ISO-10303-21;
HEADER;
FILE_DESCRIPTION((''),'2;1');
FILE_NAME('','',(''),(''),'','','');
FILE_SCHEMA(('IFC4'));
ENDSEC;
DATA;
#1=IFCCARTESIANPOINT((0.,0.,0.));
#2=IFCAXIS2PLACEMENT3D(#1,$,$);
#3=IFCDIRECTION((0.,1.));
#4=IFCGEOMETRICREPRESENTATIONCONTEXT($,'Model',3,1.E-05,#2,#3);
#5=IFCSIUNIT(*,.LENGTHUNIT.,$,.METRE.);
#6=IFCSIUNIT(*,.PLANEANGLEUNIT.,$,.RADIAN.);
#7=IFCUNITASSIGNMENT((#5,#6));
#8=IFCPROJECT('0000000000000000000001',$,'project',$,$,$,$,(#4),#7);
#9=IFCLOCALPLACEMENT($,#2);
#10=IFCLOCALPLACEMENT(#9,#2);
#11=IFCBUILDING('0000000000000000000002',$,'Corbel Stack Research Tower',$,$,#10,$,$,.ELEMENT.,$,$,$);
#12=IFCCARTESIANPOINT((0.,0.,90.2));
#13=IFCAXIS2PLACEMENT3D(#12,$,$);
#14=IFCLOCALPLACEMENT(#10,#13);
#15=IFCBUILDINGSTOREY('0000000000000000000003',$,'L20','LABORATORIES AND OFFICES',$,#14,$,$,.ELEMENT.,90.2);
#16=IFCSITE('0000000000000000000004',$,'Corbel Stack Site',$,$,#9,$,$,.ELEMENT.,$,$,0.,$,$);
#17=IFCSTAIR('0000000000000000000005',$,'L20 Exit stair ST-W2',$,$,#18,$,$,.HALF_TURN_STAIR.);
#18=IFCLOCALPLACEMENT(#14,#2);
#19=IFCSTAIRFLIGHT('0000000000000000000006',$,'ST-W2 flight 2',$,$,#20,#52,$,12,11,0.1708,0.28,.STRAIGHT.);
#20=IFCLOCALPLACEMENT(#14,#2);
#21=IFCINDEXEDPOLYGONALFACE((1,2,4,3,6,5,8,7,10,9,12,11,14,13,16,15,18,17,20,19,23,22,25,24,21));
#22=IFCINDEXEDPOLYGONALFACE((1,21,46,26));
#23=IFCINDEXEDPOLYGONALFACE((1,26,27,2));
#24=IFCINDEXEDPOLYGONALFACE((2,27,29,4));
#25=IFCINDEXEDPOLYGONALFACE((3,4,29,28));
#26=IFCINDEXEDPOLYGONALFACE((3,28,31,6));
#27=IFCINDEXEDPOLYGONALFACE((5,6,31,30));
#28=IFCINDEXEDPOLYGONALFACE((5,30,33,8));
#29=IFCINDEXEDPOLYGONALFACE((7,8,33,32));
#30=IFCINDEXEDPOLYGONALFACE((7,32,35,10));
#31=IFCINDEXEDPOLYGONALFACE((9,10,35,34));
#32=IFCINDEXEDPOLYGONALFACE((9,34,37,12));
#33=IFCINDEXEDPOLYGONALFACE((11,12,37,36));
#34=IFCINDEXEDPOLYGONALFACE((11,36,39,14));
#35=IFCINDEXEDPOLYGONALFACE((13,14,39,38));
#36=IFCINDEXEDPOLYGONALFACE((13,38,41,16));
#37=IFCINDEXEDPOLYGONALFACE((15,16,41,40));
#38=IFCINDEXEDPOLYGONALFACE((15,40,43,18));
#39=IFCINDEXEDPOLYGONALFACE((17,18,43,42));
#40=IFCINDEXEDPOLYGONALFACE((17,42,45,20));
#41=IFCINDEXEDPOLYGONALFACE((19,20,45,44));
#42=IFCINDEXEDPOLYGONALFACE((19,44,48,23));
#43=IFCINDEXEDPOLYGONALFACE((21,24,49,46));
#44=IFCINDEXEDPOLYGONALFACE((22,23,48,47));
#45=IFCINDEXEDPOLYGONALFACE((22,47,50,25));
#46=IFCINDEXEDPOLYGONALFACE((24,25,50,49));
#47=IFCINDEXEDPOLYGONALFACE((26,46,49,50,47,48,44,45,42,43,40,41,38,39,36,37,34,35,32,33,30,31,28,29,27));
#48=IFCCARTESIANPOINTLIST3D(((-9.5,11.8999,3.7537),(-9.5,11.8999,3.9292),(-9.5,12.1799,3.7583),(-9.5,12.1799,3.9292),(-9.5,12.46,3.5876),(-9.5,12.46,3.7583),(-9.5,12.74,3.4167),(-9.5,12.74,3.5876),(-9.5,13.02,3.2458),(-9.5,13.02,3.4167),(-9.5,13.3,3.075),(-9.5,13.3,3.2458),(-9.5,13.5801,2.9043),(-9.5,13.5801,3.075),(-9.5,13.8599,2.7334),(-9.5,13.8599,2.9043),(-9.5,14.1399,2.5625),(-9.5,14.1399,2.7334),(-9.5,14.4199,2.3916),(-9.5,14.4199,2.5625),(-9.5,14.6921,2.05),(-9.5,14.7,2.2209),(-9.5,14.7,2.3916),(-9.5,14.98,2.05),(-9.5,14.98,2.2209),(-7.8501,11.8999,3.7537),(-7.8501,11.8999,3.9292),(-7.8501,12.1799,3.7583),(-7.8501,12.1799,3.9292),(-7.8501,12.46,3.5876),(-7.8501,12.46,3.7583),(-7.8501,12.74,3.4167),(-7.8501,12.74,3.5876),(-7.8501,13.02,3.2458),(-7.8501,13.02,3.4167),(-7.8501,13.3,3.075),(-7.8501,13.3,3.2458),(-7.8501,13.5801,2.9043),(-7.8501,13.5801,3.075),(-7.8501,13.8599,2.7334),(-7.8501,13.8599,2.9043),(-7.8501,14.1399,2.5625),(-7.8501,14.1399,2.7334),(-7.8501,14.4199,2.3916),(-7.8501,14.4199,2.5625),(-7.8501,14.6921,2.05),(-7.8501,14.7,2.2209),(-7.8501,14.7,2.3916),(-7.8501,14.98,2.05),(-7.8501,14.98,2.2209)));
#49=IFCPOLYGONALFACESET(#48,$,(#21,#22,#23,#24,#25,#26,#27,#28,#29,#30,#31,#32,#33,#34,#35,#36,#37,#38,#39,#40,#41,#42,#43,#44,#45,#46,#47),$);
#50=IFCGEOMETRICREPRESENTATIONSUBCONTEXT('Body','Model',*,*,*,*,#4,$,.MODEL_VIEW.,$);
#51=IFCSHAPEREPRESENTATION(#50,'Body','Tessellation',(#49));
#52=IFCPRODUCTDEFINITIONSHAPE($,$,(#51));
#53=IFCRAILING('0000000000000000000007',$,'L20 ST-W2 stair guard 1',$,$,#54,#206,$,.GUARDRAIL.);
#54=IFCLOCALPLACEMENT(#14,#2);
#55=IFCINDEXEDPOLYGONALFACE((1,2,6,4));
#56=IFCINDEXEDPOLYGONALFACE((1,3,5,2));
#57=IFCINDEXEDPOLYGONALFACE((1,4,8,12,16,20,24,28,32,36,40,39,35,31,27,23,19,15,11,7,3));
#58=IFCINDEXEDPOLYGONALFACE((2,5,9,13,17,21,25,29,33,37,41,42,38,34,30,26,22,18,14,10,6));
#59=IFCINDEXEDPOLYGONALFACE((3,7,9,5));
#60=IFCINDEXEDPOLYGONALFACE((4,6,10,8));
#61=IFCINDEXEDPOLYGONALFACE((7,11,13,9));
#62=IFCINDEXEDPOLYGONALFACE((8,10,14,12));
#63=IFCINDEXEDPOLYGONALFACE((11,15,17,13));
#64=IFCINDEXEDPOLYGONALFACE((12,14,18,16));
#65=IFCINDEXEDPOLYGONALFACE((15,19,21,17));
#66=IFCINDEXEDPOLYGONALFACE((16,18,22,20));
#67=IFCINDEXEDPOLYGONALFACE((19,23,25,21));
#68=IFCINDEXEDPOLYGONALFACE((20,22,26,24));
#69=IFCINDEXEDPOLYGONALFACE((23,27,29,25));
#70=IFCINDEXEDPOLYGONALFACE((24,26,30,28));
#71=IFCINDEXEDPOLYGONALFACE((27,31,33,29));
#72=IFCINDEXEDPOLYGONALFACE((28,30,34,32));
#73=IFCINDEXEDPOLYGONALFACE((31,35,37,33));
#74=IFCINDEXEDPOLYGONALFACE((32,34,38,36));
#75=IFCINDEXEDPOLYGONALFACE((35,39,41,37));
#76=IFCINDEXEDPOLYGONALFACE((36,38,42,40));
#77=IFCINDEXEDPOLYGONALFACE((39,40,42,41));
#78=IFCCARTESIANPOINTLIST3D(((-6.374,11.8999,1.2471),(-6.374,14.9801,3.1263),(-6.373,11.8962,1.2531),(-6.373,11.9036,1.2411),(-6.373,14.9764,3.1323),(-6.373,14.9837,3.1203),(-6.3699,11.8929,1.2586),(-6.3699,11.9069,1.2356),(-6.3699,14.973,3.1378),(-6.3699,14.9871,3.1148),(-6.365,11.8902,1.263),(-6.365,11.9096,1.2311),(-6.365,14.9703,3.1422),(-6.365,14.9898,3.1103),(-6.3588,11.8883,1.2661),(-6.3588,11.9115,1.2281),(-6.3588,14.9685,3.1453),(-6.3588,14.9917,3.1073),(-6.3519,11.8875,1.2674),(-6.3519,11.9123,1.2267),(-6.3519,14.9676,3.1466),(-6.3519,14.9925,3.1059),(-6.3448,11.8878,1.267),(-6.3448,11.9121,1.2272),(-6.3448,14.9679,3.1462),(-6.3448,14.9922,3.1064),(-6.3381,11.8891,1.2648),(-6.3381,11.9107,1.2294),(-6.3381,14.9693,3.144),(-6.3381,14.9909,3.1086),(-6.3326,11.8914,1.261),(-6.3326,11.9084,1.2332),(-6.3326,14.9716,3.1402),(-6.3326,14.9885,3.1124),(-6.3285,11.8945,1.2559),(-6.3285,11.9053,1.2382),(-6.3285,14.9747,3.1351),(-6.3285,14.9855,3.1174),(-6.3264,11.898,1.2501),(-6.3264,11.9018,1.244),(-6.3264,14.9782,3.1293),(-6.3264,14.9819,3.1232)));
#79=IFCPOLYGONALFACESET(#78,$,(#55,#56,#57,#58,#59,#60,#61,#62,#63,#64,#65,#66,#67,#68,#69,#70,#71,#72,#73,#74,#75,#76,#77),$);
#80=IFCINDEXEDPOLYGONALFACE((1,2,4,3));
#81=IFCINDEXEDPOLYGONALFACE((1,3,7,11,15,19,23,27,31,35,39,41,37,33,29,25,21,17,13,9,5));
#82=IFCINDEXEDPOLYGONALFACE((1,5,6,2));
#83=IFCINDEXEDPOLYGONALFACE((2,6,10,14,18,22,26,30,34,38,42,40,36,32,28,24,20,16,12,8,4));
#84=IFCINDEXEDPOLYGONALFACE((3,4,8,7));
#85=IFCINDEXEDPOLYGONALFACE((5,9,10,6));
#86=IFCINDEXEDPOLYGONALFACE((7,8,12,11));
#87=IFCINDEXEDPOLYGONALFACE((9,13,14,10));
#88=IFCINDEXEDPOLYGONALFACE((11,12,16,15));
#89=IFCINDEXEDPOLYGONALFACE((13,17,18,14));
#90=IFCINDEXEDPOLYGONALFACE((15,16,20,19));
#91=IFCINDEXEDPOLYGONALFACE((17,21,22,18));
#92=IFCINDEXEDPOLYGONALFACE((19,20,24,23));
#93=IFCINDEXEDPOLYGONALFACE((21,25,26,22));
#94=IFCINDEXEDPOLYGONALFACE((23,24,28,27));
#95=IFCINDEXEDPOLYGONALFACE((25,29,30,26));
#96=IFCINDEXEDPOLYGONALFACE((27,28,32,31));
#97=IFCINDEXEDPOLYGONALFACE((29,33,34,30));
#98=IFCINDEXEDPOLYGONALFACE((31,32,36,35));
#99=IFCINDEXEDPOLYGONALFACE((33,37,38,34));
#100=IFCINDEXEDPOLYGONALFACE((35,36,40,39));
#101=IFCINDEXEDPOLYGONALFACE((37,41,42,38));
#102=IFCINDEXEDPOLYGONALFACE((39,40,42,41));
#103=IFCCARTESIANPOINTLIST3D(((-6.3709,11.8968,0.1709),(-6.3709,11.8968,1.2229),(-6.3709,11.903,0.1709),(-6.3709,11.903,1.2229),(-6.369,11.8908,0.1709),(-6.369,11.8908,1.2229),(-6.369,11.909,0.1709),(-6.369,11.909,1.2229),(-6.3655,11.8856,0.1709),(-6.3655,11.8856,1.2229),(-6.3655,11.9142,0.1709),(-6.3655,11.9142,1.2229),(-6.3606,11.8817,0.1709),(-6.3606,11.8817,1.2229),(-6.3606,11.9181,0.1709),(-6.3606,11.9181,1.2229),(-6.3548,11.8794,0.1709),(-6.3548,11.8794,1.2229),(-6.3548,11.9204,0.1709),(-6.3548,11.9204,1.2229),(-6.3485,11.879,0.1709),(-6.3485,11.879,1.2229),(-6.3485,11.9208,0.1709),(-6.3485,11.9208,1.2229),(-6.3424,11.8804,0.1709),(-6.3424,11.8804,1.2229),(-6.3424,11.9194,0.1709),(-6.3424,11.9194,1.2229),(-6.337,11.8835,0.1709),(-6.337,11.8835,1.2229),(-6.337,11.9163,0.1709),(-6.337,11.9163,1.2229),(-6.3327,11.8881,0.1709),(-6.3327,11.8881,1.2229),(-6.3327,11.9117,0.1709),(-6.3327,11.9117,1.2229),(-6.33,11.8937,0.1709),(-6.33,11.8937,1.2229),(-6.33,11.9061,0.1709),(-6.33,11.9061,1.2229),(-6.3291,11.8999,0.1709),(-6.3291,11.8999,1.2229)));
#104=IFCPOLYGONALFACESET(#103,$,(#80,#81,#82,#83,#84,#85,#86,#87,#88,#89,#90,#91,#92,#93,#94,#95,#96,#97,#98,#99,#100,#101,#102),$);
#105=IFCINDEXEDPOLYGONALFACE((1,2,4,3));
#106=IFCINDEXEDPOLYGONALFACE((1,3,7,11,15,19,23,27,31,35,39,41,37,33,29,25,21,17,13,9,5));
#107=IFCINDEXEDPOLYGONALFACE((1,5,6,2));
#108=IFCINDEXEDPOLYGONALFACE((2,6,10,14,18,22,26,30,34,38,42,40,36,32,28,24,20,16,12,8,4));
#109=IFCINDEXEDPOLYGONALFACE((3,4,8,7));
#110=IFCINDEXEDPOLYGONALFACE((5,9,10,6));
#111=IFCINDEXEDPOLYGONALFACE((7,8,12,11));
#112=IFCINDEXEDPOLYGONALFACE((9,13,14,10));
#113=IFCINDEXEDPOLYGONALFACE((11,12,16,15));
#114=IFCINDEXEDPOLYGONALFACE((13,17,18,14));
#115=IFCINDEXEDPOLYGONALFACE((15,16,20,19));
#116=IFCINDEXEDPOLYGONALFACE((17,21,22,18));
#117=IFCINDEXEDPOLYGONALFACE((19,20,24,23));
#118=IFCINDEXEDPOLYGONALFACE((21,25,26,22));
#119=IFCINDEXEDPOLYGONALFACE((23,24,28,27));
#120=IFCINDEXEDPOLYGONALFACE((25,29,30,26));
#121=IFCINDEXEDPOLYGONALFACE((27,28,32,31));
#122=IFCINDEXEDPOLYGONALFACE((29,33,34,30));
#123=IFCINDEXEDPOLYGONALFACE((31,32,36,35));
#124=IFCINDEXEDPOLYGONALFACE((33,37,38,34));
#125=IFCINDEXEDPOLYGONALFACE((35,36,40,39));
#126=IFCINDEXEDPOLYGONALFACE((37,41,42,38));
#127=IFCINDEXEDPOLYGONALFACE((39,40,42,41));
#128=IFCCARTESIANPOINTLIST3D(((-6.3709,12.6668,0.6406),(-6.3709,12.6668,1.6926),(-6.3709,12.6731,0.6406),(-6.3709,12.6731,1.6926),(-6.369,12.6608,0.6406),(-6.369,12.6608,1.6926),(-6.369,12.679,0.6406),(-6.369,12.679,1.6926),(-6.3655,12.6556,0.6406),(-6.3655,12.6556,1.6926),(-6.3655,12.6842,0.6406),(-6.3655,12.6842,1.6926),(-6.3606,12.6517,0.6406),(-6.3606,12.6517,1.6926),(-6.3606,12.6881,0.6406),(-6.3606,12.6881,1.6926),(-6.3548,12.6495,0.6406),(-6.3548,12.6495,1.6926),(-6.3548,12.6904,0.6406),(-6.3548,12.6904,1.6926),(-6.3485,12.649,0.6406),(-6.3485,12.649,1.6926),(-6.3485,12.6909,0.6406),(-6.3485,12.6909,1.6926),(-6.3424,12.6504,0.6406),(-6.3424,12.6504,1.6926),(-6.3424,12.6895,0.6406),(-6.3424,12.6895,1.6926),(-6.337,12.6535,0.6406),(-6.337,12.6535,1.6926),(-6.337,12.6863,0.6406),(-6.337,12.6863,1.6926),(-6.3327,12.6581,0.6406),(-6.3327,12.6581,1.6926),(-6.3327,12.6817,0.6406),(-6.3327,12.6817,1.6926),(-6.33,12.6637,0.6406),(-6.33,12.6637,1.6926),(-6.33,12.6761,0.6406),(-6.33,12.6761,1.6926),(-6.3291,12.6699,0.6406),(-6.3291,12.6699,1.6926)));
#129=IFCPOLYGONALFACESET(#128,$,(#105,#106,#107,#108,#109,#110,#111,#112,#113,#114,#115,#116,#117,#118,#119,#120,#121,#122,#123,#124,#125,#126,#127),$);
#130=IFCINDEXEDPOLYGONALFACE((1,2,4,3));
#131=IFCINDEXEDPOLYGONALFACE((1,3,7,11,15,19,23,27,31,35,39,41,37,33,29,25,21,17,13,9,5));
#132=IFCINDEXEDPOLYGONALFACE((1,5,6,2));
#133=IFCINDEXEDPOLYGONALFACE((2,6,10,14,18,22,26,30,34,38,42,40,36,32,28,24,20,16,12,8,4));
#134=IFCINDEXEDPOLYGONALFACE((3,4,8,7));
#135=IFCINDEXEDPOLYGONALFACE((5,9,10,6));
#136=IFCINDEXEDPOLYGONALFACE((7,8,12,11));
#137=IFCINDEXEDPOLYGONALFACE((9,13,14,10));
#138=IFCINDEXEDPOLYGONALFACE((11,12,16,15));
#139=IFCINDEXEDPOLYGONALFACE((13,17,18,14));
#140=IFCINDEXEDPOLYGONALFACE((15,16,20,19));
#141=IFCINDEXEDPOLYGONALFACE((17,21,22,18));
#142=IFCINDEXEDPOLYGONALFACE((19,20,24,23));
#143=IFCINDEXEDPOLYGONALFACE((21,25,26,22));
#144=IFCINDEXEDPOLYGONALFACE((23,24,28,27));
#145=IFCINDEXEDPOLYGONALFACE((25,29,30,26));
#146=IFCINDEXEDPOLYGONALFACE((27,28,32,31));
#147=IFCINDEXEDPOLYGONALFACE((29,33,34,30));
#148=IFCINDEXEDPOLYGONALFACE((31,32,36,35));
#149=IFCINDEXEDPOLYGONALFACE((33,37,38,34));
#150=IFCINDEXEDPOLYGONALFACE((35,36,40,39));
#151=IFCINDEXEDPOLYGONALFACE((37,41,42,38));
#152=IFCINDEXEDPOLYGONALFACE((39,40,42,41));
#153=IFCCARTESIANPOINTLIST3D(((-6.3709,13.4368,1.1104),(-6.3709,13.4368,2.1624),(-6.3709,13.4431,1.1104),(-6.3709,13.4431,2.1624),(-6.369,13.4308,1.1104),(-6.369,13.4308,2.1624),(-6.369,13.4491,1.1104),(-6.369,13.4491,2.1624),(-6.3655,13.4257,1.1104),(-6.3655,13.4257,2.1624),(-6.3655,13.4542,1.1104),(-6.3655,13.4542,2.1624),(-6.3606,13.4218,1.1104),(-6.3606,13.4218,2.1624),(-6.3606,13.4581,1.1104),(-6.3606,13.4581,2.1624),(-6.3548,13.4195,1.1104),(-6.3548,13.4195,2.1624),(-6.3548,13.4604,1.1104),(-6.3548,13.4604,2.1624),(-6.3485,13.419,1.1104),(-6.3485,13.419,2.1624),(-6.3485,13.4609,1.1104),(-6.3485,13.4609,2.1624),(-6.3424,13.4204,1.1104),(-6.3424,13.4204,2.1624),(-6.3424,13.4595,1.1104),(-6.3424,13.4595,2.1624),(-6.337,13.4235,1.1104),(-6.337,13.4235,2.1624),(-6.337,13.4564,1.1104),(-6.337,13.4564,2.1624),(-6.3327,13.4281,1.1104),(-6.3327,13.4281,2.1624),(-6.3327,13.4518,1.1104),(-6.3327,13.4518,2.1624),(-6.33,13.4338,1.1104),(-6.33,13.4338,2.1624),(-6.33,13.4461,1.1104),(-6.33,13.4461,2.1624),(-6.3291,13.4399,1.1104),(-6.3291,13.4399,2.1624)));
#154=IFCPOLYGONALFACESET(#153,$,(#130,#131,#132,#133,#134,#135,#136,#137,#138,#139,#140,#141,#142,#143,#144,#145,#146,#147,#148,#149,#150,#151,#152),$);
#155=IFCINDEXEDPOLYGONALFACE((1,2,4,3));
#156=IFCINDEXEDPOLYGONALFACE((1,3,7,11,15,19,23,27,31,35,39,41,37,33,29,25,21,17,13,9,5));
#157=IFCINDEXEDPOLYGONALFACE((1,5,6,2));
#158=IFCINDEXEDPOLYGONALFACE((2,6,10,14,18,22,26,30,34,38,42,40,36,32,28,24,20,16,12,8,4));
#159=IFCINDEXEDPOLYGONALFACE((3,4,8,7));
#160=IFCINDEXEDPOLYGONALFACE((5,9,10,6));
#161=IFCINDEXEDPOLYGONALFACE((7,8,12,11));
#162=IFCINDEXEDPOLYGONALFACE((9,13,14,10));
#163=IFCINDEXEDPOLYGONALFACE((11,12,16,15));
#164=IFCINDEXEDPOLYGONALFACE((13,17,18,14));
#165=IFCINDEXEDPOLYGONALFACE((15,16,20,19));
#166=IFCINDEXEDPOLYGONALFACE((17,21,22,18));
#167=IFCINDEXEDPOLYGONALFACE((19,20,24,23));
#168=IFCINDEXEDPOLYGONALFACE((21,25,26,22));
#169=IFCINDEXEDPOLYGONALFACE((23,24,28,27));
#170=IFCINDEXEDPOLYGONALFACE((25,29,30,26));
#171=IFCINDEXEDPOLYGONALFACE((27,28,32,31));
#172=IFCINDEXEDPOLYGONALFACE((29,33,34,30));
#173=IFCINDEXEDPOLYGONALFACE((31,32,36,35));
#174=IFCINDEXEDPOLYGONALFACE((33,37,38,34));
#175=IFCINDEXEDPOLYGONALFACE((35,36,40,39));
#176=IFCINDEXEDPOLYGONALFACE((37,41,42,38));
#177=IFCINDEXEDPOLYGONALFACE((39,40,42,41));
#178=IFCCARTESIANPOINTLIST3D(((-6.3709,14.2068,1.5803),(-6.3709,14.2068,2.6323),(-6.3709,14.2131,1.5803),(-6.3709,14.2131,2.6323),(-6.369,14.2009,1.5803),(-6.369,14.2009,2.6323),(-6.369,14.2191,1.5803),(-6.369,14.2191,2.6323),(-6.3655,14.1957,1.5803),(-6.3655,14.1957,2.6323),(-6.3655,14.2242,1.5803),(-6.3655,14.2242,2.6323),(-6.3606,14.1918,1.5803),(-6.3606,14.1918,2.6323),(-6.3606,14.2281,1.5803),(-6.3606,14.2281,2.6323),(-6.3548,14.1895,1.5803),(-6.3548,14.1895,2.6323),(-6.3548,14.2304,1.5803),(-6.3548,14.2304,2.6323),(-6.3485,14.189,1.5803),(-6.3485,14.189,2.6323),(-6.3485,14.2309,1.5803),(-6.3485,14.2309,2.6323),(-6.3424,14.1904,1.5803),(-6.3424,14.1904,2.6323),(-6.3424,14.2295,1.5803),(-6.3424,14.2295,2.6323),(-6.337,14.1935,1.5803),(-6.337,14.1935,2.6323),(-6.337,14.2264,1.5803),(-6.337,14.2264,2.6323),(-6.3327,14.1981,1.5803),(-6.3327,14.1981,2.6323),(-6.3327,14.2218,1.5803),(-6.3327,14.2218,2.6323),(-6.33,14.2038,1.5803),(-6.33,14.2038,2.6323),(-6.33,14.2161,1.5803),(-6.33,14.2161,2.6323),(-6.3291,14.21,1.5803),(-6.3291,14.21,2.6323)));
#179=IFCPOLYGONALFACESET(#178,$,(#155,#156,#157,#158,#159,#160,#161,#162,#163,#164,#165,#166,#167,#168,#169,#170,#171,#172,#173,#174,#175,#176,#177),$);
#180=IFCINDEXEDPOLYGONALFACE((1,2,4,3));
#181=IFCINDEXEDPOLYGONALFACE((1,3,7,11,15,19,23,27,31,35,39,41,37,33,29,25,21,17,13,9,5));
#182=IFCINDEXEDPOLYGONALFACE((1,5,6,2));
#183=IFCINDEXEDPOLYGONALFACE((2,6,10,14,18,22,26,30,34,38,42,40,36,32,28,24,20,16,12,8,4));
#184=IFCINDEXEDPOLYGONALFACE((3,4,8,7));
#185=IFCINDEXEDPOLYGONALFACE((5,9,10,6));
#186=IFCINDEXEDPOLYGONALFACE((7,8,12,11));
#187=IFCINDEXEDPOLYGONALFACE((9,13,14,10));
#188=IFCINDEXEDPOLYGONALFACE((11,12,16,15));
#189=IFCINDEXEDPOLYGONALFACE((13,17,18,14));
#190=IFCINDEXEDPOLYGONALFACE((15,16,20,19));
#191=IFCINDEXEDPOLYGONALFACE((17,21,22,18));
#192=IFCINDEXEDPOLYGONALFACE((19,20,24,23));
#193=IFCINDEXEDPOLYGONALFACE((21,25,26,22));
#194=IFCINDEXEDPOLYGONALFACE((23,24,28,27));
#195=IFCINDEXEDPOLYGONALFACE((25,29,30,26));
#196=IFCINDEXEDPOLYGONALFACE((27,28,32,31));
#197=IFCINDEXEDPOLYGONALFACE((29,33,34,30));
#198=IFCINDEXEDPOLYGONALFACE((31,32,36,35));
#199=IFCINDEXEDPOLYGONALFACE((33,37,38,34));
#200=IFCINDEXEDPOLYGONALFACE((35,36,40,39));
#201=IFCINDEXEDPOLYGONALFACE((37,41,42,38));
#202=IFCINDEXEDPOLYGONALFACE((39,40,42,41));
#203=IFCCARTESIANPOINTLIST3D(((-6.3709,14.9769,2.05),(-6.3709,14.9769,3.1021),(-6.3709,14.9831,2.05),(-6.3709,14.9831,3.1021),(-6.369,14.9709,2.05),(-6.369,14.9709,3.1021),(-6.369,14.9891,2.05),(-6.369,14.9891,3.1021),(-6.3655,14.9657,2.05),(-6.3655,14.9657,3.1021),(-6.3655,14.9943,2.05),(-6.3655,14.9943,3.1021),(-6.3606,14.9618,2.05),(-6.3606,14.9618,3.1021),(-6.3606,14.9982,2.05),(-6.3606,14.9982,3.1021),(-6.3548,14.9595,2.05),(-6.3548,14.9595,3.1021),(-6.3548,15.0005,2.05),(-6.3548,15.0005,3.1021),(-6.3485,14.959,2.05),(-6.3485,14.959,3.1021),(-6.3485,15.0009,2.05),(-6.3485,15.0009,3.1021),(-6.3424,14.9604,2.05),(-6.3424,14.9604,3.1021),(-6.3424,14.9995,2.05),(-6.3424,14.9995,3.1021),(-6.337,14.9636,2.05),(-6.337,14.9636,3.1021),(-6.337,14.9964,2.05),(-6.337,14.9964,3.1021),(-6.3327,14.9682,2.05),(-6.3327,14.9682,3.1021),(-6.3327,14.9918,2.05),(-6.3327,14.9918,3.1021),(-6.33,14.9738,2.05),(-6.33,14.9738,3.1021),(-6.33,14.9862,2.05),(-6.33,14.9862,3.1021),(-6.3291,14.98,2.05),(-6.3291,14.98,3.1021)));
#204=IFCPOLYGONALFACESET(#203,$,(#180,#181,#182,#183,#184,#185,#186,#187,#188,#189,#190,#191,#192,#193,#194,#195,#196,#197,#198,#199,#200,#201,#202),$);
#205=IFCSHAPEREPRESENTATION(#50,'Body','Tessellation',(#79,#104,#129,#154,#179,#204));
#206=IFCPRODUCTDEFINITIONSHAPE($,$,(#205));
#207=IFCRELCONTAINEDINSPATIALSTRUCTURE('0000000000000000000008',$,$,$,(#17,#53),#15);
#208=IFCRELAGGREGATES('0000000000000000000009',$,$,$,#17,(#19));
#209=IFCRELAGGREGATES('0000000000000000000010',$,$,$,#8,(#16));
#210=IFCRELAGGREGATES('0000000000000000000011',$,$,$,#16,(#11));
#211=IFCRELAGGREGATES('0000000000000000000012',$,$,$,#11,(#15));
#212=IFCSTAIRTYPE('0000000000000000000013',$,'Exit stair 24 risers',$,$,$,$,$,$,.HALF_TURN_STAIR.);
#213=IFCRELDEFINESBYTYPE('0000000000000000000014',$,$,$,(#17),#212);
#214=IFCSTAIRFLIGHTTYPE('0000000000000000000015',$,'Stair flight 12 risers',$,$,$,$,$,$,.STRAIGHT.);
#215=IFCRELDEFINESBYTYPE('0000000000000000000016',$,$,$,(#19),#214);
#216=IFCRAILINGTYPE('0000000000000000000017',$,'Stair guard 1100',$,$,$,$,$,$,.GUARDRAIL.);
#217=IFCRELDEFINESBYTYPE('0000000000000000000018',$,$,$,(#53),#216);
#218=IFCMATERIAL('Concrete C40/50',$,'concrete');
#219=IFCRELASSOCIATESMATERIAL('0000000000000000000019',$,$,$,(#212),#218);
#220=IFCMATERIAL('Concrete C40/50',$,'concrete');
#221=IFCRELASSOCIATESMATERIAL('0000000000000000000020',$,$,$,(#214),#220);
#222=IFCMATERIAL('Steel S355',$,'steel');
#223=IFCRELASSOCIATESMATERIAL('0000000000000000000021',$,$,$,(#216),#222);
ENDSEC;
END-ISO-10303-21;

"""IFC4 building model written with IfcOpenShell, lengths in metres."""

from ifc_helpers import new_model, si_unit, direction, frame, origin, origin_2d, place, context, subcontext, project, spatial, polyline, circle, outline, extrude, material, type_object, element, aggregate, save


model = new_model("IFC4")

# Units and contexts
model_context = context("Model", 3, precision=1e-05, world=origin(), true_north=direction((0.0, 1.0)))
body_context = subcontext(model_context, "Body", "Model", "MODEL_VIEW")
ifc_project = project(units=[si_unit("LENGTHUNIT", "METRE"), si_unit("PLANEANGLEUNIT", "RADIAN")], contexts=[model_context])

# Site, building, storey
site_placement = place(None, origin())
site = spatial("IfcSite", under=ifc_project, at=site_placement, Name="Corbel Stack Site", CompositionType="ELEMENT", RefElevation=0.0)
building_placement = place(site_placement, origin())
building = spatial("IfcBuilding", under=site, at=building_placement, Name="Corbel Stack Research Tower", CompositionType="ELEMENT")
storey_placement = place(building_placement, frame((0.0, 0.0, 90.2)))
storey = spatial("IfcBuildingStorey", under=building, at=storey_placement, Name="L20", Description="LABORATORIES AND OFFICES", CompositionType="ELEMENT", Elevation=90.2)

# Stair
ifc_material_1 = material(Name="Concrete C40/50", Category="concrete")
stair_type = type_object("IfcStairType", Name="Exit stair 24 risers", PredefinedType="HALF_TURN_STAIR", material=ifc_material_1)
stair_1_placement = place(storey_placement, origin())
stair_1 = element("IfcStair", 1, at=stair_1_placement, inside=storey, type_object=stair_type, Name="L20 Exit stair ST-W2", PredefinedType="HALF_TURN_STAIR")

# Stair flight
ifc_material_2 = material(Name="Concrete C40/50", Category="concrete")
stair_flight_type = type_object("IfcStairFlightType", Name="Stair flight 12 risers", PredefinedType="STRAIGHT", material=ifc_material_2)
stair_flight_1_placement = place(storey_placement, frame((-8.675, 14.98, 2.05), z_axis=(0.0, 0.0, 1.0), x_axis=(0.0, -1.0, 0.0)))
stair_flight_1 = element("IfcStairFlight", 2, at=stair_flight_1_placement, type_object=stair_flight_type, Name="ST-W2 flight 2", NumberOfRisers=12, NumberOfTreads=11, PredefinedType="STRAIGHT", RiserHeight=0.1708, TreadLength=0.28, context=body_context, shape_type="SweptSolid", body=[
    extrude(outline(polyline([(0.0, 0.0), (0.0, 0.1709), (0.28, 0.1709), (0.28, 0.3416), (0.5601, 0.3416), (0.5601, 0.5125), (0.8401, 0.5125), (0.8401, 0.6833), (1.1201, 0.6833), (1.1201, 0.8542), (1.3999, 0.8542), (1.3999, 1.0249), (1.6799, 1.0249), (1.6799, 1.1958), (1.96, 1.1958), (1.96, 1.3667), (2.24, 1.3667), (2.24, 1.5376), (2.52, 1.5376), (2.52, 1.7083), (2.8, 1.7083), (2.8, 1.8792), (3.0801, 1.8792), (3.0801, 2.05), (3.0801, 1.7036), (0.2878, 0.0), (0.0, 0.0)])), frame((0.0, 0.825, 0.0), z_axis=(0.0, -1.0, 0.0), x_axis=(1.0, 0.0, 0.0)), (0.0, 0.0, 1.0), 1.6499),
])
aggregate(stair_1, [stair_flight_1])

# Railing
ifc_material_3 = material(Name="Steel S355", Category="steel")
railing_type_1 = type_object("IfcRailingType", Name="Stair guard 1100", PredefinedType="GUARDRAIL", material=ifc_material_3)
railing_1_placement = place(storey_placement, frame((-6.3501, 11.8999, 0.1709)))
element("IfcRailing", 3, at=railing_1_placement, inside=storey, type_object=railing_type_1, Name="L20 ST-W2 stair guard 1", PredefinedType="GUARDRAIL", context=body_context, shape_type="SweptSolid", body=[
    extrude(circle(Radius=0.0239, at=origin_2d()), frame((0.0, 0.0, 1.0762), z_axis=(0.0, 0.853666, 0.52082), x_axis=(-1.0, 0.0, 0.0)), (0.0, 0.0, 1.0), 3.6082),
    extrude(circle(Radius=0.021, at=origin_2d()), origin(), (0.0, 0.0, 1.0), 1.052),
    extrude(circle(Radius=0.021, at=origin_2d()), frame((0.0, 0.77, 0.4697)), (0.0, 0.0, 1.0), 1.052),
    extrude(circle(Radius=0.021, at=origin_2d()), frame((0.0, 1.54, 0.9395)), (0.0, 0.0, 1.0), 1.052),
    extrude(circle(Radius=0.021, at=origin_2d()), frame((0.0, 2.3101, 1.4094)), (0.0, 0.0, 1.0), 1.052),
    extrude(circle(Radius=0.021, at=origin_2d()), frame((0.0, 3.0801, 1.8792)), (0.0, 0.0, 1.0), 1.052),
])

save(model, "model.ifc")
